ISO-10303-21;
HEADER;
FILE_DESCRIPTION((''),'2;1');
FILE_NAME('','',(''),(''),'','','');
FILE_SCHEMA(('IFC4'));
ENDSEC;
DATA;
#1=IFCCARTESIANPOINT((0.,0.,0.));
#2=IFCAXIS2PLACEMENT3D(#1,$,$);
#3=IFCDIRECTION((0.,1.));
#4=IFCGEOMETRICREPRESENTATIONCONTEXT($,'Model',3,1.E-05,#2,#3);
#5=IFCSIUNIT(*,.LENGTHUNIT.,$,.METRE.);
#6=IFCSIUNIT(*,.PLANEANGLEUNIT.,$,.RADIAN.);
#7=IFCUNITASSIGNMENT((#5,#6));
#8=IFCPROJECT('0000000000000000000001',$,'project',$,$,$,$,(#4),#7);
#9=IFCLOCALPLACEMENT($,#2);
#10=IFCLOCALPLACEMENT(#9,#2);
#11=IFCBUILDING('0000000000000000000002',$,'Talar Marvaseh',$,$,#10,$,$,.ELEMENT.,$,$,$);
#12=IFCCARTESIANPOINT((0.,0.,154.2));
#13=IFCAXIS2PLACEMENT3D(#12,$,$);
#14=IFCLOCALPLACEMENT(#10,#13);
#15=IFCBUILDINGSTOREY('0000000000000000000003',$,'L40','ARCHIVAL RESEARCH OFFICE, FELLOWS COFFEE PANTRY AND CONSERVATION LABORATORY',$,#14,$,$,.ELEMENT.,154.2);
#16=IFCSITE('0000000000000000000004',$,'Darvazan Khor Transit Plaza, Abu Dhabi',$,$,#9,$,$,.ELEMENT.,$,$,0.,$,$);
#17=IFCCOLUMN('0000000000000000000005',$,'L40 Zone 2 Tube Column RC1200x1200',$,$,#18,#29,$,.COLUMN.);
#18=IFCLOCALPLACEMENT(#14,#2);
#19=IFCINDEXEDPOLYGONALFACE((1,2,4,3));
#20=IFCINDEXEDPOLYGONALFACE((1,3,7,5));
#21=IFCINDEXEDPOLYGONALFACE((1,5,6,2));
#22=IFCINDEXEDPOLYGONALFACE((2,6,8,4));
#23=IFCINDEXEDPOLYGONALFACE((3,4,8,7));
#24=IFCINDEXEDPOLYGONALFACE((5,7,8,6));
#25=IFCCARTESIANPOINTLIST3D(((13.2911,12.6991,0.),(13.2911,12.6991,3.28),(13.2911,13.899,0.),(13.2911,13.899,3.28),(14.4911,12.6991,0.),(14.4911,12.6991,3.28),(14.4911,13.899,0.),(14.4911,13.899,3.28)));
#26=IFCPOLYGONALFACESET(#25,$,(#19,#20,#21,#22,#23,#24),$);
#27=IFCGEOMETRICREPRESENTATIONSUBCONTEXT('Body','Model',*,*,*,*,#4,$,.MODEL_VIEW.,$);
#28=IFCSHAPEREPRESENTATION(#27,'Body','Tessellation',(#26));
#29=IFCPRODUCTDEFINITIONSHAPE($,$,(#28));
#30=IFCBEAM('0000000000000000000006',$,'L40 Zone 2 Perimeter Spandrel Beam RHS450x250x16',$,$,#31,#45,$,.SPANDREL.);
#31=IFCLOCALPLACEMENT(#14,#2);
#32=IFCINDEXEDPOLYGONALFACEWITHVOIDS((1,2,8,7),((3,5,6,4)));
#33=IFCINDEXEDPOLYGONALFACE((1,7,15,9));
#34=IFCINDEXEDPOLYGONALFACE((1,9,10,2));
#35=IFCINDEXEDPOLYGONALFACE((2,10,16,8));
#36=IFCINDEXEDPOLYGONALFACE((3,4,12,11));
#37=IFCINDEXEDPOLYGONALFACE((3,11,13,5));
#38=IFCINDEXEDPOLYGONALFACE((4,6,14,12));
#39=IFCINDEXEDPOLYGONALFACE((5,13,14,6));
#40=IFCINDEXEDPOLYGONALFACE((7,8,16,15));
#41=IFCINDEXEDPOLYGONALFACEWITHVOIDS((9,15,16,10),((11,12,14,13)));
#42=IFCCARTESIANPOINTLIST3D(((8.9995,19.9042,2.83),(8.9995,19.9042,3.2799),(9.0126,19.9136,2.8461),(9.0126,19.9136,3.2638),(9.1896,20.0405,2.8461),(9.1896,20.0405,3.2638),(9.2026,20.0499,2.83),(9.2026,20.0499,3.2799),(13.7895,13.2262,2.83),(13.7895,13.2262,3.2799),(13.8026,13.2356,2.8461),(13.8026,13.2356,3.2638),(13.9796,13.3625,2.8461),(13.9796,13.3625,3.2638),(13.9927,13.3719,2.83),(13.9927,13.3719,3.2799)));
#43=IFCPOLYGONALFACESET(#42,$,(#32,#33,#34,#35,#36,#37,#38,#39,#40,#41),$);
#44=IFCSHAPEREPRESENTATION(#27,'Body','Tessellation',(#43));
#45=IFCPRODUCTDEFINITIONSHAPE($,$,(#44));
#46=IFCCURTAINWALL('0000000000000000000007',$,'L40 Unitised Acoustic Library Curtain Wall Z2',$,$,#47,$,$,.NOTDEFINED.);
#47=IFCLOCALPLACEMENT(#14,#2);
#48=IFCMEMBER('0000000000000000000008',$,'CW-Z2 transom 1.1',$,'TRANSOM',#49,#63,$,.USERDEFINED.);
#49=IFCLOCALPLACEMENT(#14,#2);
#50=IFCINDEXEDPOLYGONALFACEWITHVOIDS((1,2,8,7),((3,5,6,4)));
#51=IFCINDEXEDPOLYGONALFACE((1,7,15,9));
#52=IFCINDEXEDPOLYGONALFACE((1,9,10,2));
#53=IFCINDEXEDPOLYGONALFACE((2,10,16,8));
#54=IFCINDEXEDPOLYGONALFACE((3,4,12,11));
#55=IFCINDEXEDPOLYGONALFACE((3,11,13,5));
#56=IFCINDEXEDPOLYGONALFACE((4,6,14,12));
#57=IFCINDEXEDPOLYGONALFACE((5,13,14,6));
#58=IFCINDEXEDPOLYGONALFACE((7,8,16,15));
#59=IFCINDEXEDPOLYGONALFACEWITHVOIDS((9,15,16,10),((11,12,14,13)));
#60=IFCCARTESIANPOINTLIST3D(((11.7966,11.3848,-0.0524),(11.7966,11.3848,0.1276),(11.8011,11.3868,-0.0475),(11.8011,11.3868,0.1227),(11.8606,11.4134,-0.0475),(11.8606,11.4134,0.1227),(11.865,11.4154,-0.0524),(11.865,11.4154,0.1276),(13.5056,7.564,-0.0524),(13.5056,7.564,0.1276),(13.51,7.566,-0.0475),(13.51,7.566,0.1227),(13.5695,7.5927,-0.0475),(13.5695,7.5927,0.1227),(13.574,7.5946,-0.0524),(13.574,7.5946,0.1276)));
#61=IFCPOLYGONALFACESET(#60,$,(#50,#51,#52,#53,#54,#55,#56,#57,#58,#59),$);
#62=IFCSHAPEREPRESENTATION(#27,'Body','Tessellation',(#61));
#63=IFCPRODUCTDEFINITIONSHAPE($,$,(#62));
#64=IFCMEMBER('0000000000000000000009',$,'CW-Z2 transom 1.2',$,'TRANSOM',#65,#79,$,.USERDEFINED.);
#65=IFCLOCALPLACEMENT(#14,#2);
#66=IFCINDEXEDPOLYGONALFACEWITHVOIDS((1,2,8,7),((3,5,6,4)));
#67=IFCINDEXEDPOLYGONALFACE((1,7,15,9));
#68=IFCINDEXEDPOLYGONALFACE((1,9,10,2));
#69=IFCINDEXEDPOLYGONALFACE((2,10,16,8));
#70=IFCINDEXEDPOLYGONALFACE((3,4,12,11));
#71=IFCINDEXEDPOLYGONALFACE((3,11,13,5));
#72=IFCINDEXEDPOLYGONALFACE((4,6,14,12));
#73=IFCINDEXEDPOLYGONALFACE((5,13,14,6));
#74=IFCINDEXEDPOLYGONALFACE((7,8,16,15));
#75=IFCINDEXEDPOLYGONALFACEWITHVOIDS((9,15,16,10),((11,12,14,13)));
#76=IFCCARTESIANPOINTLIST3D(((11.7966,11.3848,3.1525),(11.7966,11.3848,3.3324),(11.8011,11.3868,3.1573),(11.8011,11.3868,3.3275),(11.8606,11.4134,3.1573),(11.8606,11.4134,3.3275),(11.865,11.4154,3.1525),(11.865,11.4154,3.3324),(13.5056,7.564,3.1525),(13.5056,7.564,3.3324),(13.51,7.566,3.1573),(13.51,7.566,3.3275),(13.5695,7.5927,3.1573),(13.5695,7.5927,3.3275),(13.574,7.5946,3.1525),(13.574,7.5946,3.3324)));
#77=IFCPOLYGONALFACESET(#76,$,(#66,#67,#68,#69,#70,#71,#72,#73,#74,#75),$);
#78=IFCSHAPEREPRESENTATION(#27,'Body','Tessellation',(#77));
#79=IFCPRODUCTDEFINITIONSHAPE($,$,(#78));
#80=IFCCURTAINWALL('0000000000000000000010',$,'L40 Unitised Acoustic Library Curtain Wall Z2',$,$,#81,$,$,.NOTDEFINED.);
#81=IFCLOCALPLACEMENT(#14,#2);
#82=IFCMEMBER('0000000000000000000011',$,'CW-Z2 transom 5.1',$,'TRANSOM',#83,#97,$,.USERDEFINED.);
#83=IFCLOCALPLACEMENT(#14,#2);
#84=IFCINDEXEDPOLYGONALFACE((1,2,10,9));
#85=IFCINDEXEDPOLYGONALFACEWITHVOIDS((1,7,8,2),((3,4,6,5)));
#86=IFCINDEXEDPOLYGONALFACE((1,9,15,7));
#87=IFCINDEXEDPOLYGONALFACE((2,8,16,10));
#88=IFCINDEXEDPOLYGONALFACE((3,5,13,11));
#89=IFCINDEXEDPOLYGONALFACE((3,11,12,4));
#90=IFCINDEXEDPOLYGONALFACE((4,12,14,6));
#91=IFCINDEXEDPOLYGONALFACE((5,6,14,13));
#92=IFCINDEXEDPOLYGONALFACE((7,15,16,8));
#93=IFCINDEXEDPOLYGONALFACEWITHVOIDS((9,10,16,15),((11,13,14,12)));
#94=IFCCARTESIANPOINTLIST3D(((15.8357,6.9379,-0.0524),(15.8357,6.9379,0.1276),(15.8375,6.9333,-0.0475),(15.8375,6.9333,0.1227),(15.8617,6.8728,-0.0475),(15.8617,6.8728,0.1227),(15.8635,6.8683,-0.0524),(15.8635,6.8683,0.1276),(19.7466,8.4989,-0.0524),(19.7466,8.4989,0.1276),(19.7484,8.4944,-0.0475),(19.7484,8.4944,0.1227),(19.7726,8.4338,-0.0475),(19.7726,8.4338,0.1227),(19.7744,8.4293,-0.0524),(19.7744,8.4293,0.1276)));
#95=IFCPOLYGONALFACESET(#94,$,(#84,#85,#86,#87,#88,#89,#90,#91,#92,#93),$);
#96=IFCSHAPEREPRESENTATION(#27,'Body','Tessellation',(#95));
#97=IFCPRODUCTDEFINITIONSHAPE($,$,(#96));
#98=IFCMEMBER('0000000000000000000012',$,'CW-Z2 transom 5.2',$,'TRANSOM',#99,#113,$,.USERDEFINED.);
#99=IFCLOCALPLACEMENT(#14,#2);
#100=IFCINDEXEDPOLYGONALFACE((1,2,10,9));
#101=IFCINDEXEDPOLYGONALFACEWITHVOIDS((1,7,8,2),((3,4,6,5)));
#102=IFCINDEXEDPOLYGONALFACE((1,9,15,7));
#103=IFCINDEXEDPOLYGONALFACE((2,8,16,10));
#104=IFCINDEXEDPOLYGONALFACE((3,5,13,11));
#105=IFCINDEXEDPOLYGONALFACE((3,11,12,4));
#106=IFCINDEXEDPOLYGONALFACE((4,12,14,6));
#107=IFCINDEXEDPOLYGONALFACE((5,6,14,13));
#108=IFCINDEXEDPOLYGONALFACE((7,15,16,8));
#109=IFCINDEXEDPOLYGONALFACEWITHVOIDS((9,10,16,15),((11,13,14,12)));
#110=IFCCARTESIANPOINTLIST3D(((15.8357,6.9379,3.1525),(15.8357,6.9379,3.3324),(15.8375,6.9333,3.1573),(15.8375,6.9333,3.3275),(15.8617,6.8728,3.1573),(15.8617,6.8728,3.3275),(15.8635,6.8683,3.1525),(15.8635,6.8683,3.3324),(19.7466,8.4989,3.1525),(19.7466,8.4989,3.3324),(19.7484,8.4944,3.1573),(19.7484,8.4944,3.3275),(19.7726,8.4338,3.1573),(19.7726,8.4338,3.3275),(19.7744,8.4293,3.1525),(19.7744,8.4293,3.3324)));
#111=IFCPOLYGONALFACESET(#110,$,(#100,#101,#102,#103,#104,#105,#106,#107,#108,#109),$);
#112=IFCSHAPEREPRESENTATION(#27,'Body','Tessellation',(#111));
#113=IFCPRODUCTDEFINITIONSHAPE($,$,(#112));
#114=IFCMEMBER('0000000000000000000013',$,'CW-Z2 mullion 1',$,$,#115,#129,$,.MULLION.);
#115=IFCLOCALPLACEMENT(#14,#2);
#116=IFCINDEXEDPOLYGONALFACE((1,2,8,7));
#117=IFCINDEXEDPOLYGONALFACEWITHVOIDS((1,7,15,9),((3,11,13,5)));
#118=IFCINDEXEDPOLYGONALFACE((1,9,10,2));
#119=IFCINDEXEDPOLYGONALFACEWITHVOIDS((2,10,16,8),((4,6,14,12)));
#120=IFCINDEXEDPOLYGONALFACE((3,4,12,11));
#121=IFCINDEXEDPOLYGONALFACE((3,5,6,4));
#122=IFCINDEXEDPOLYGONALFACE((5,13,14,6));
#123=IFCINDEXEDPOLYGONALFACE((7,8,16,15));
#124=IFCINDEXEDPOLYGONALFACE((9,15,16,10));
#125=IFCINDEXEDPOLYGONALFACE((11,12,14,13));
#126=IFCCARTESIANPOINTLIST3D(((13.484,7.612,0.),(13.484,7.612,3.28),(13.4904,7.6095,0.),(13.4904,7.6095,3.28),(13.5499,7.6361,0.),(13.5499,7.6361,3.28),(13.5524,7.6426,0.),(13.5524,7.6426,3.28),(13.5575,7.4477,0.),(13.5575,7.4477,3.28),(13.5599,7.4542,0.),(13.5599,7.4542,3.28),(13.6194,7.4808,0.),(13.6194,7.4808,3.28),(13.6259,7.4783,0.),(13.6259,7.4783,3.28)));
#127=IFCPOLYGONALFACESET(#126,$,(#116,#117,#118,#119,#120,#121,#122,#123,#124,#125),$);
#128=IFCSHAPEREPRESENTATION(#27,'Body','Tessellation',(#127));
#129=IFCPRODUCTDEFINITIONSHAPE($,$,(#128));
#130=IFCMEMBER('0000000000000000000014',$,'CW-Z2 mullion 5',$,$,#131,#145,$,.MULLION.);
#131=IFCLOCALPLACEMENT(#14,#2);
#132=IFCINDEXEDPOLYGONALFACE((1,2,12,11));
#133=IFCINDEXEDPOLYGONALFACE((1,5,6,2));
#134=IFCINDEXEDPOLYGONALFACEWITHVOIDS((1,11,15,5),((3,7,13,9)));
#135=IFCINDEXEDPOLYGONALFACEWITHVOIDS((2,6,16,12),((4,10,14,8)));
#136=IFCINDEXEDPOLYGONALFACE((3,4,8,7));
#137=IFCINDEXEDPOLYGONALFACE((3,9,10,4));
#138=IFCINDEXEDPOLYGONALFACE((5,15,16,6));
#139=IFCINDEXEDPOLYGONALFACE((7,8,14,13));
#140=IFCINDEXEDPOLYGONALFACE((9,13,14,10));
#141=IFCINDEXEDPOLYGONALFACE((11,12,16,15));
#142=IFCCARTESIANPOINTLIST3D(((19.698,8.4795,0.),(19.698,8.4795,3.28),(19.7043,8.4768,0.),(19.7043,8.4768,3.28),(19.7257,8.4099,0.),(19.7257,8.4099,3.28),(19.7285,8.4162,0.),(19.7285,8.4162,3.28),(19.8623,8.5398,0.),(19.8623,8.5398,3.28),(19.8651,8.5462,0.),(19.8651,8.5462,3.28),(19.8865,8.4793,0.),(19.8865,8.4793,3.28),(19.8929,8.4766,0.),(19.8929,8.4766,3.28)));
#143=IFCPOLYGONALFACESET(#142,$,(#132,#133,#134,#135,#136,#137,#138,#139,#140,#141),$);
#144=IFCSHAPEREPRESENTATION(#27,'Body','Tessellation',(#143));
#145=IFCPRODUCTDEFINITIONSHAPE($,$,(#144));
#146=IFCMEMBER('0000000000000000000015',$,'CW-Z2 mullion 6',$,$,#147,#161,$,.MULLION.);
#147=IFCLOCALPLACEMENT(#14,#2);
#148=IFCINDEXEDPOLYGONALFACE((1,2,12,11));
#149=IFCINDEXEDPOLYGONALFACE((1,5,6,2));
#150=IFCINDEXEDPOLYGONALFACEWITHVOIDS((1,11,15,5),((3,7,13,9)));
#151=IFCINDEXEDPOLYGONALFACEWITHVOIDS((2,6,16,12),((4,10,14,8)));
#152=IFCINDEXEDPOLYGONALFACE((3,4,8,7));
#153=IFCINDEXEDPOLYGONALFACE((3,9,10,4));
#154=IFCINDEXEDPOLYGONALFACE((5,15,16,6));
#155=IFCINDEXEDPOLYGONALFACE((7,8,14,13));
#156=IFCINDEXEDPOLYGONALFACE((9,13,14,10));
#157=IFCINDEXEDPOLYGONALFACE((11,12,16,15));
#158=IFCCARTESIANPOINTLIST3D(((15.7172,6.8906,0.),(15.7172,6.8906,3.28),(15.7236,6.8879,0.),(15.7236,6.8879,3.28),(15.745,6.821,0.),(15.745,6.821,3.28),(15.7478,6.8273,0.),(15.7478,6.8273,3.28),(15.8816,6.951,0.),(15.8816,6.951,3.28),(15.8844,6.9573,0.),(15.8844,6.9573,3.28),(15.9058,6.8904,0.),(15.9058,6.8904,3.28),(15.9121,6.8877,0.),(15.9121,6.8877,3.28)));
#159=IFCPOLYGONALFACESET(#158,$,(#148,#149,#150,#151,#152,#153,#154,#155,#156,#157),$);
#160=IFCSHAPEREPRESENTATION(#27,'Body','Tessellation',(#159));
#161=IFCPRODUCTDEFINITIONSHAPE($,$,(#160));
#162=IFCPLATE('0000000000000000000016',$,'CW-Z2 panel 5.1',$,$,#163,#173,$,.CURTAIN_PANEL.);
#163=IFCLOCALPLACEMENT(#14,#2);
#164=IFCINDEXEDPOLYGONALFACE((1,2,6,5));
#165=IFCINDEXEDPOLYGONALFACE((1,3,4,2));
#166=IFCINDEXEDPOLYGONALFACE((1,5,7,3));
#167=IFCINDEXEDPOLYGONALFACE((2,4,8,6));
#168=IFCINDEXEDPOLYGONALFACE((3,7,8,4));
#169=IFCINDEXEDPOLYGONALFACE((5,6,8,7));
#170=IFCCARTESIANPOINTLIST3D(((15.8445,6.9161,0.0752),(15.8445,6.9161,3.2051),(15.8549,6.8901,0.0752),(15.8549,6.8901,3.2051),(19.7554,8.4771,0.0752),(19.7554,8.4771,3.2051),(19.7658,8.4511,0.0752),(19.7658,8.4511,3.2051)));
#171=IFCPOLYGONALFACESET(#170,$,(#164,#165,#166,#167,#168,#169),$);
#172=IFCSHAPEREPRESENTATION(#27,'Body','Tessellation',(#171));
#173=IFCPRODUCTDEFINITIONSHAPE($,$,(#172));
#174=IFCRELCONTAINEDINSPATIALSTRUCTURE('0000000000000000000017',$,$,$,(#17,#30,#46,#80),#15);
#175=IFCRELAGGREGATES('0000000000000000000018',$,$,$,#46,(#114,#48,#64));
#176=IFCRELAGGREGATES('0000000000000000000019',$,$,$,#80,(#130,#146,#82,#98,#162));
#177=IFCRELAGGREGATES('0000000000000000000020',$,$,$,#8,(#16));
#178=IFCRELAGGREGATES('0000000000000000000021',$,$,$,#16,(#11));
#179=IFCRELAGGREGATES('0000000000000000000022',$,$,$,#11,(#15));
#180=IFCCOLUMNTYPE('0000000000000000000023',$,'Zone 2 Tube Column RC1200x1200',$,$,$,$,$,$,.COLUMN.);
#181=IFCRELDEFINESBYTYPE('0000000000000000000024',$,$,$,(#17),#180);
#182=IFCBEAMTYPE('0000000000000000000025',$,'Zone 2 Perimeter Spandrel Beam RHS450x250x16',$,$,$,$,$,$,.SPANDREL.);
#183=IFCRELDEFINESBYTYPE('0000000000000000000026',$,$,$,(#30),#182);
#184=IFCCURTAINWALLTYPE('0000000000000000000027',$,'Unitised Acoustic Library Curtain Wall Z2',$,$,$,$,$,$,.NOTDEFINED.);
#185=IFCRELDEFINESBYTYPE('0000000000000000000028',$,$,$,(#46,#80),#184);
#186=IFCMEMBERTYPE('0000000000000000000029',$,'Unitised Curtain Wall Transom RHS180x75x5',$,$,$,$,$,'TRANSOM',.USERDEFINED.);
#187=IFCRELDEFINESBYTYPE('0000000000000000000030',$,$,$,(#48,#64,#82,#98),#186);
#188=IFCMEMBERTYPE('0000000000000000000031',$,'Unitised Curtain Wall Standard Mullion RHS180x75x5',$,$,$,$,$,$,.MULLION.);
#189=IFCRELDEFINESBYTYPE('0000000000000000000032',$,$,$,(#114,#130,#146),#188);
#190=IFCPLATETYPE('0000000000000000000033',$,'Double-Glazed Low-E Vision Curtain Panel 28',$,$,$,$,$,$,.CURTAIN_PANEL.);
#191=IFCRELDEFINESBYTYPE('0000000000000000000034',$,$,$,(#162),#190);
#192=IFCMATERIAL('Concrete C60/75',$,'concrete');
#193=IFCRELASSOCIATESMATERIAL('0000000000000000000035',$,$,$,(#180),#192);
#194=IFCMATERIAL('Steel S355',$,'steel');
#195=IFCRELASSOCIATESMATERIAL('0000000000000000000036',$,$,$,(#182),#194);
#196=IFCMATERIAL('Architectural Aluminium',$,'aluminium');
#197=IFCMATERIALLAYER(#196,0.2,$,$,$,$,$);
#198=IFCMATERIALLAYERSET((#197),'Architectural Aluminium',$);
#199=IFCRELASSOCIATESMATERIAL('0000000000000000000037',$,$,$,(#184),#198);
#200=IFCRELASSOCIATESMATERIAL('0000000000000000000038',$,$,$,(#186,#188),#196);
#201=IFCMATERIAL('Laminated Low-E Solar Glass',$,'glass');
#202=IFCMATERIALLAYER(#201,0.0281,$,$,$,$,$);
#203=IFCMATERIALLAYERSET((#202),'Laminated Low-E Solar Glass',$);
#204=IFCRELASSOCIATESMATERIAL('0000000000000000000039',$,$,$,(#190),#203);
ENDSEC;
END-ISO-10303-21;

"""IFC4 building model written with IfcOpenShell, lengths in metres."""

from ifc_helpers import new_model, si_unit, direction, frame, origin, origin_2d, place, context, subcontext, project, spatial, rectangle, hollow_rectangle, extrude, source, transform, mapped, material, layer, layer_set, material_profile, profile_set, type_object, type_shapes, element, aggregate, save


model = new_model("IFC4")

# Units and contexts
model_context = context("Model", 3, precision=1e-05, world=origin(), true_north=direction((0.0, 1.0)))
body_context = subcontext(model_context, "Body", "Model", "MODEL_VIEW")
ifc_project = project(units=[si_unit("LENGTHUNIT", "METRE"), si_unit("PLANEANGLEUNIT", "RADIAN")], contexts=[model_context])

# Site, building, storey
site_placement = place(None, origin())
site = spatial("IfcSite", under=ifc_project, at=site_placement, Name="Darvazan Khor Transit Plaza, Abu Dhabi", CompositionType="ELEMENT", RefElevation=0.0)
building_placement = place(site_placement, origin())
building = spatial("IfcBuilding", under=site, at=building_placement, Name="Talar Marvaseh", CompositionType="ELEMENT")
storey_placement = place(building_placement, frame((0.0, 0.0, 154.2)))
storey = spatial("IfcBuildingStorey", under=building, at=storey_placement, Name="L40", Description="ARCHIVAL RESEARCH OFFICE, FELLOWS COFFEE PANTRY AND CONSERVATION LABORATORY", CompositionType="ELEMENT", Elevation=154.2)

# Column
ifc_material_1 = material(Name="Concrete C60/75", Category="concrete")
ifc_material_profile_1 = material_profile(ifc_material_1, rectangle(XDim=1.2, YDim=1.2, at=origin_2d()), Name="RC1200x1200")
ifc_profile_set_1 = profile_set([ifc_material_profile_1], Name="Concrete C60/75")
column_type = type_object("IfcColumnType", Name="Zone 2 Tube Column RC1200x1200", PredefinedType="COLUMN", material=ifc_profile_set_1)
column_placement = place(storey_placement, frame((13.8911, 13.2991, 0.0), z_axis=(0.0, 0.0, 1.0), x_axis=(1.0, 0.0, 0.0)))
element("IfcColumn", 1, at=column_placement, inside=storey, type_object=column_type, Name="L40 Zone 2 Tube Column RC1200x1200", PredefinedType="COLUMN", context=body_context, shape_type="SweptSolid", body=[
    extrude(rectangle(XDim=1.2, YDim=1.2, at=origin_2d()), origin(), (0.0, 0.0, 1.0), 3.28),
])

# Beam
ifc_material_2 = material(Name="Steel S355", Category="steel")
ifc_material_profile_2 = material_profile(ifc_material_2, hollow_rectangle(XDim=0.25, YDim=0.45, WallThickness=0.0161, at=origin_2d()), Name="RHS450x250x16")
ifc_profile_set_2 = profile_set([ifc_material_profile_2], Name="Steel S355")
beam_type = type_object("IfcBeamType", Name="Zone 2 Perimeter Spandrel Beam RHS450x250x16", PredefinedType="SPANDREL", material=ifc_profile_set_2)
beam_placement = place(storey_placement, frame((13.8911, 13.2991, 3.0549), z_axis=(-0.582853, 0.812578, 0.0), x_axis=(-0.812578, -0.582853, 0.0)))
element("IfcBeam", 2, at=beam_placement, inside=storey, type_object=beam_type, Name="L40 Zone 2 Perimeter Spandrel Beam RHS450x250x16", PredefinedType="SPANDREL", context=body_context, shape_type="SweptSolid", body=[
    extrude(hollow_rectangle(XDim=0.25, YDim=0.45, WallThickness=0.0161, at=origin_2d()), origin(), (0.0, 0.0, 1.0), 8.2183),
])

# Curtain walls, members
ifc_material_3 = material(Name="Architectural Aluminium", Category="aluminium")
ifc_layer_1 = layer(ifc_material_3, 0.2)
ifc_layer_set_1 = layer_set([ifc_layer_1], Name="Architectural Aluminium")
curtain_wall_type = type_object("IfcCurtainWallType", Name="Unitised Acoustic Library Curtain Wall Z2", PredefinedType="NOTDEFINED", material=ifc_layer_set_1)
curtain_wall_1_placement = place(storey_placement, origin())
curtain_wall_1 = element("IfcCurtainWall", 3, at=curtain_wall_1_placement, inside=storey, type_object=curtain_wall_type, Name="L40 Unitised Acoustic Library Curtain Wall Z2", PredefinedType="NOTDEFINED")
ifc_material_profile_3 = material_profile(ifc_material_3, hollow_rectangle(XDim=0.075, YDim=0.1799, WallThickness=0.0049, at=origin_2d()), Name="RHS180x75x5")
ifc_profile_set_3 = profile_set([ifc_material_profile_3], Name="Architectural Aluminium")
member_type_1 = type_object("IfcMemberType", Name="Unitised Curtain Wall Transom RHS180x75x5", ElementType="TRANSOM", PredefinedType="USERDEFINED", material=ifc_profile_set_3)
shared_shape_1 = source(origin(), body_context, "Body", "SweptSolid", [
    extrude(hollow_rectangle(XDim=0.075, YDim=0.1799, WallThickness=0.0049, at=origin_2d()), origin(), (0.0, 0.0, 1.0), 4.1855),
])
member_1_placement = place(storey_placement, frame((13.5398, 7.5793, 0.0376), z_axis=(-0.408302, 0.912847, 0.0), x_axis=(-0.912847, -0.408302, 0.0)))
member_1 = element("IfcMember", 4, at=member_1_placement, type_object=member_type_1, Name="CW-Z2 transom 1.1", ObjectType="TRANSOM", PredefinedType="USERDEFINED", context=body_context, shape_type="MappedRepresentation", body=[
    mapped(shared_shape_1, transform((0.0, 0.0, 0.0), x_axis=(1.0, 0.0, 0.0), y_axis=(0.0, 1.0, 0.0), z_axis=(0.0, 0.0, 1.0), scale=1.0)),
])
member_2_placement = place(storey_placement, frame((13.5398, 7.5793, 3.2424), z_axis=(-0.408302, 0.912847, 0.0), x_axis=(-0.912847, -0.408302, 0.0)))
member_2 = element("IfcMember", 5, at=member_2_placement, type_object=member_type_1, Name="CW-Z2 transom 1.2", ObjectType="TRANSOM", PredefinedType="USERDEFINED", context=body_context, shape_type="MappedRepresentation", body=[
    mapped(shared_shape_1, transform((0.0, 0.0, 0.0), x_axis=(1.0, 0.0, 0.0), y_axis=(0.0, 1.0, 0.0), z_axis=(0.0, 0.0, 1.0), scale=1.0)),
])
curtain_wall_2_placement = place(storey_placement, origin())
curtain_wall_2 = element("IfcCurtainWall", 6, at=curtain_wall_2_placement, inside=storey, type_object=curtain_wall_type, Name="L40 Unitised Acoustic Library Curtain Wall Z2", PredefinedType="NOTDEFINED")
shared_shape_2 = source(origin(), body_context, "Body", "SweptSolid", [
    extrude(hollow_rectangle(XDim=0.075, YDim=0.1799, WallThickness=0.0049, at=origin_2d()), origin(), (0.0, 0.0, 1.0), 4.2109),
])
type_shapes(member_type_1, [shared_shape_1, shared_shape_2])
member_3_placement = place(storey_placement, frame((19.7605, 8.4641, 0.0376), z_axis=(-0.928748, -0.370711, 0.0), x_axis=(0.370711, -0.928748, 0.0)))
member_3 = element("IfcMember", 7, at=member_3_placement, type_object=member_type_1, Name="CW-Z2 transom 5.1", ObjectType="TRANSOM", PredefinedType="USERDEFINED", context=body_context, shape_type="MappedRepresentation", body=[
    mapped(shared_shape_2, transform((0.0, 0.0, 0.0), x_axis=(1.0, 0.0, 0.0), y_axis=(0.0, 1.0, 0.0), z_axis=(0.0, 0.0, 1.0), scale=1.0)),
])
member_4_placement = place(storey_placement, frame((19.7605, 8.4641, 3.2424), z_axis=(-0.928748, -0.370711, 0.0), x_axis=(0.370711, -0.928748, 0.0)))
member_4 = element("IfcMember", 8, at=member_4_placement, type_object=member_type_1, Name="CW-Z2 transom 5.2", ObjectType="TRANSOM", PredefinedType="USERDEFINED", context=body_context, shape_type="MappedRepresentation", body=[
    mapped(shared_shape_2, transform((0.0, 0.0, 0.0), x_axis=(1.0, 0.0, 0.0), y_axis=(0.0, 1.0, 0.0), z_axis=(0.0, 0.0, 1.0), scale=1.0)),
])

# Members
ifc_material_profile_4 = material_profile(ifc_material_3, hollow_rectangle(XDim=0.075, YDim=0.1799, WallThickness=0.0049, at=origin_2d()), Name="RHS180x75x5")
ifc_profile_set_4 = profile_set([ifc_material_profile_4], Name="Architectural Aluminium")
member_type_2 = type_object("IfcMemberType", Name="Unitised Curtain Wall Standard Mullion RHS180x75x5", PredefinedType="MULLION", material=ifc_profile_set_4)
shared_shape_3 = source(origin(), body_context, "Body", "SweptSolid", [
    extrude(hollow_rectangle(XDim=0.075, YDim=0.1799, WallThickness=0.0049, at=origin_2d()), origin(), (0.0, 0.0, 1.0), 3.28),
])
type_shapes(member_type_2, [shared_shape_3])
member_5_placement = place(storey_placement, frame((13.5549, 7.5452, 0.0), z_axis=(0.0, 0.0, 1.0), x_axis=(-0.912861, -0.40827, 0.0)))
member_5 = element("IfcMember", 9, at=member_5_placement, type_object=member_type_2, Name="CW-Z2 mullion 1", PredefinedType="MULLION", context=body_context, shape_type="MappedRepresentation", body=[
    mapped(shared_shape_3, transform((0.0, 0.0, 0.0), x_axis=(1.0, 0.0, 0.0), y_axis=(0.0, 1.0, 0.0), z_axis=(0.0, 0.0, 1.0), scale=1.0)),
])
aggregate(curtain_wall_1, [member_5, member_1, member_2])
member_6_placement = place(storey_placement, frame((19.7954, 8.478, 0.0), z_axis=(0.0, 0.0, 1.0), x_axis=(0.370702, -0.928752, 0.0)))
member_6 = element("IfcMember", 10, at=member_6_placement, type_object=member_type_2, Name="CW-Z2 mullion 5", PredefinedType="MULLION", context=body_context, shape_type="MappedRepresentation", body=[
    mapped(shared_shape_3, transform((0.0, 0.0, 0.0), x_axis=(1.0, 0.0, 0.0), y_axis=(0.0, 1.0, 0.0), z_axis=(0.0, 0.0, 1.0), scale=1.0)),
])
member_7_placement = place(storey_placement, frame((15.8147, 6.8892, 0.0), z_axis=(0.0, 0.0, 1.0), x_axis=(0.370702, -0.928752, 0.0)))
member_7 = element("IfcMember", 11, at=member_7_placement, type_object=member_type_2, Name="CW-Z2 mullion 6", PredefinedType="MULLION", context=body_context, shape_type="MappedRepresentation", body=[
    mapped(shared_shape_3, transform((0.0, 0.0, 0.0), x_axis=(1.0, 0.0, 0.0), y_axis=(0.0, 1.0, 0.0), z_axis=(0.0, 0.0, 1.0), scale=1.0)),
])

# Plate
ifc_material_4 = material(Name="Laminated Low-E Solar Glass", Category="glass")
ifc_layer_2 = layer(ifc_material_4, 0.0281)
ifc_layer_set_2 = layer_set([ifc_layer_2], Name="Laminated Low-E Solar Glass")
plate_type = type_object("IfcPlateType", Name="Double-Glazed Low-E Vision Curtain Panel 28", PredefinedType="CURTAIN_PANEL", material=ifc_layer_set_2)
shared_shape_4 = source(origin(), body_context, "Body", "SweptSolid", [
    extrude(rectangle(XDim=4.2109, YDim=0.0281, at=origin_2d()), origin(), (0.0, 0.0, 1.0), 3.1299),
])
type_shapes(plate_type, [shared_shape_4])
plate_placement = place(storey_placement, frame((17.8052, 7.6836, 0.0752), z_axis=(0.0, 0.0, 1.0), x_axis=(-0.928752, -0.370702, 0.0)))
plate = element("IfcPlate", 12, at=plate_placement, type_object=plate_type, Name="CW-Z2 panel 5.1", PredefinedType="CURTAIN_PANEL", context=body_context, shape_type="MappedRepresentation", body=[
    mapped(shared_shape_4, transform((0.0, 0.0, 0.0), x_axis=(1.0, 0.0, 0.0), y_axis=(0.0, 1.0, 0.0), z_axis=(0.0, 0.0, 1.0), scale=1.0)),
])
aggregate(curtain_wall_2, [member_6, member_7, member_3, member_4, plate])

save(model, "model.ifc")
